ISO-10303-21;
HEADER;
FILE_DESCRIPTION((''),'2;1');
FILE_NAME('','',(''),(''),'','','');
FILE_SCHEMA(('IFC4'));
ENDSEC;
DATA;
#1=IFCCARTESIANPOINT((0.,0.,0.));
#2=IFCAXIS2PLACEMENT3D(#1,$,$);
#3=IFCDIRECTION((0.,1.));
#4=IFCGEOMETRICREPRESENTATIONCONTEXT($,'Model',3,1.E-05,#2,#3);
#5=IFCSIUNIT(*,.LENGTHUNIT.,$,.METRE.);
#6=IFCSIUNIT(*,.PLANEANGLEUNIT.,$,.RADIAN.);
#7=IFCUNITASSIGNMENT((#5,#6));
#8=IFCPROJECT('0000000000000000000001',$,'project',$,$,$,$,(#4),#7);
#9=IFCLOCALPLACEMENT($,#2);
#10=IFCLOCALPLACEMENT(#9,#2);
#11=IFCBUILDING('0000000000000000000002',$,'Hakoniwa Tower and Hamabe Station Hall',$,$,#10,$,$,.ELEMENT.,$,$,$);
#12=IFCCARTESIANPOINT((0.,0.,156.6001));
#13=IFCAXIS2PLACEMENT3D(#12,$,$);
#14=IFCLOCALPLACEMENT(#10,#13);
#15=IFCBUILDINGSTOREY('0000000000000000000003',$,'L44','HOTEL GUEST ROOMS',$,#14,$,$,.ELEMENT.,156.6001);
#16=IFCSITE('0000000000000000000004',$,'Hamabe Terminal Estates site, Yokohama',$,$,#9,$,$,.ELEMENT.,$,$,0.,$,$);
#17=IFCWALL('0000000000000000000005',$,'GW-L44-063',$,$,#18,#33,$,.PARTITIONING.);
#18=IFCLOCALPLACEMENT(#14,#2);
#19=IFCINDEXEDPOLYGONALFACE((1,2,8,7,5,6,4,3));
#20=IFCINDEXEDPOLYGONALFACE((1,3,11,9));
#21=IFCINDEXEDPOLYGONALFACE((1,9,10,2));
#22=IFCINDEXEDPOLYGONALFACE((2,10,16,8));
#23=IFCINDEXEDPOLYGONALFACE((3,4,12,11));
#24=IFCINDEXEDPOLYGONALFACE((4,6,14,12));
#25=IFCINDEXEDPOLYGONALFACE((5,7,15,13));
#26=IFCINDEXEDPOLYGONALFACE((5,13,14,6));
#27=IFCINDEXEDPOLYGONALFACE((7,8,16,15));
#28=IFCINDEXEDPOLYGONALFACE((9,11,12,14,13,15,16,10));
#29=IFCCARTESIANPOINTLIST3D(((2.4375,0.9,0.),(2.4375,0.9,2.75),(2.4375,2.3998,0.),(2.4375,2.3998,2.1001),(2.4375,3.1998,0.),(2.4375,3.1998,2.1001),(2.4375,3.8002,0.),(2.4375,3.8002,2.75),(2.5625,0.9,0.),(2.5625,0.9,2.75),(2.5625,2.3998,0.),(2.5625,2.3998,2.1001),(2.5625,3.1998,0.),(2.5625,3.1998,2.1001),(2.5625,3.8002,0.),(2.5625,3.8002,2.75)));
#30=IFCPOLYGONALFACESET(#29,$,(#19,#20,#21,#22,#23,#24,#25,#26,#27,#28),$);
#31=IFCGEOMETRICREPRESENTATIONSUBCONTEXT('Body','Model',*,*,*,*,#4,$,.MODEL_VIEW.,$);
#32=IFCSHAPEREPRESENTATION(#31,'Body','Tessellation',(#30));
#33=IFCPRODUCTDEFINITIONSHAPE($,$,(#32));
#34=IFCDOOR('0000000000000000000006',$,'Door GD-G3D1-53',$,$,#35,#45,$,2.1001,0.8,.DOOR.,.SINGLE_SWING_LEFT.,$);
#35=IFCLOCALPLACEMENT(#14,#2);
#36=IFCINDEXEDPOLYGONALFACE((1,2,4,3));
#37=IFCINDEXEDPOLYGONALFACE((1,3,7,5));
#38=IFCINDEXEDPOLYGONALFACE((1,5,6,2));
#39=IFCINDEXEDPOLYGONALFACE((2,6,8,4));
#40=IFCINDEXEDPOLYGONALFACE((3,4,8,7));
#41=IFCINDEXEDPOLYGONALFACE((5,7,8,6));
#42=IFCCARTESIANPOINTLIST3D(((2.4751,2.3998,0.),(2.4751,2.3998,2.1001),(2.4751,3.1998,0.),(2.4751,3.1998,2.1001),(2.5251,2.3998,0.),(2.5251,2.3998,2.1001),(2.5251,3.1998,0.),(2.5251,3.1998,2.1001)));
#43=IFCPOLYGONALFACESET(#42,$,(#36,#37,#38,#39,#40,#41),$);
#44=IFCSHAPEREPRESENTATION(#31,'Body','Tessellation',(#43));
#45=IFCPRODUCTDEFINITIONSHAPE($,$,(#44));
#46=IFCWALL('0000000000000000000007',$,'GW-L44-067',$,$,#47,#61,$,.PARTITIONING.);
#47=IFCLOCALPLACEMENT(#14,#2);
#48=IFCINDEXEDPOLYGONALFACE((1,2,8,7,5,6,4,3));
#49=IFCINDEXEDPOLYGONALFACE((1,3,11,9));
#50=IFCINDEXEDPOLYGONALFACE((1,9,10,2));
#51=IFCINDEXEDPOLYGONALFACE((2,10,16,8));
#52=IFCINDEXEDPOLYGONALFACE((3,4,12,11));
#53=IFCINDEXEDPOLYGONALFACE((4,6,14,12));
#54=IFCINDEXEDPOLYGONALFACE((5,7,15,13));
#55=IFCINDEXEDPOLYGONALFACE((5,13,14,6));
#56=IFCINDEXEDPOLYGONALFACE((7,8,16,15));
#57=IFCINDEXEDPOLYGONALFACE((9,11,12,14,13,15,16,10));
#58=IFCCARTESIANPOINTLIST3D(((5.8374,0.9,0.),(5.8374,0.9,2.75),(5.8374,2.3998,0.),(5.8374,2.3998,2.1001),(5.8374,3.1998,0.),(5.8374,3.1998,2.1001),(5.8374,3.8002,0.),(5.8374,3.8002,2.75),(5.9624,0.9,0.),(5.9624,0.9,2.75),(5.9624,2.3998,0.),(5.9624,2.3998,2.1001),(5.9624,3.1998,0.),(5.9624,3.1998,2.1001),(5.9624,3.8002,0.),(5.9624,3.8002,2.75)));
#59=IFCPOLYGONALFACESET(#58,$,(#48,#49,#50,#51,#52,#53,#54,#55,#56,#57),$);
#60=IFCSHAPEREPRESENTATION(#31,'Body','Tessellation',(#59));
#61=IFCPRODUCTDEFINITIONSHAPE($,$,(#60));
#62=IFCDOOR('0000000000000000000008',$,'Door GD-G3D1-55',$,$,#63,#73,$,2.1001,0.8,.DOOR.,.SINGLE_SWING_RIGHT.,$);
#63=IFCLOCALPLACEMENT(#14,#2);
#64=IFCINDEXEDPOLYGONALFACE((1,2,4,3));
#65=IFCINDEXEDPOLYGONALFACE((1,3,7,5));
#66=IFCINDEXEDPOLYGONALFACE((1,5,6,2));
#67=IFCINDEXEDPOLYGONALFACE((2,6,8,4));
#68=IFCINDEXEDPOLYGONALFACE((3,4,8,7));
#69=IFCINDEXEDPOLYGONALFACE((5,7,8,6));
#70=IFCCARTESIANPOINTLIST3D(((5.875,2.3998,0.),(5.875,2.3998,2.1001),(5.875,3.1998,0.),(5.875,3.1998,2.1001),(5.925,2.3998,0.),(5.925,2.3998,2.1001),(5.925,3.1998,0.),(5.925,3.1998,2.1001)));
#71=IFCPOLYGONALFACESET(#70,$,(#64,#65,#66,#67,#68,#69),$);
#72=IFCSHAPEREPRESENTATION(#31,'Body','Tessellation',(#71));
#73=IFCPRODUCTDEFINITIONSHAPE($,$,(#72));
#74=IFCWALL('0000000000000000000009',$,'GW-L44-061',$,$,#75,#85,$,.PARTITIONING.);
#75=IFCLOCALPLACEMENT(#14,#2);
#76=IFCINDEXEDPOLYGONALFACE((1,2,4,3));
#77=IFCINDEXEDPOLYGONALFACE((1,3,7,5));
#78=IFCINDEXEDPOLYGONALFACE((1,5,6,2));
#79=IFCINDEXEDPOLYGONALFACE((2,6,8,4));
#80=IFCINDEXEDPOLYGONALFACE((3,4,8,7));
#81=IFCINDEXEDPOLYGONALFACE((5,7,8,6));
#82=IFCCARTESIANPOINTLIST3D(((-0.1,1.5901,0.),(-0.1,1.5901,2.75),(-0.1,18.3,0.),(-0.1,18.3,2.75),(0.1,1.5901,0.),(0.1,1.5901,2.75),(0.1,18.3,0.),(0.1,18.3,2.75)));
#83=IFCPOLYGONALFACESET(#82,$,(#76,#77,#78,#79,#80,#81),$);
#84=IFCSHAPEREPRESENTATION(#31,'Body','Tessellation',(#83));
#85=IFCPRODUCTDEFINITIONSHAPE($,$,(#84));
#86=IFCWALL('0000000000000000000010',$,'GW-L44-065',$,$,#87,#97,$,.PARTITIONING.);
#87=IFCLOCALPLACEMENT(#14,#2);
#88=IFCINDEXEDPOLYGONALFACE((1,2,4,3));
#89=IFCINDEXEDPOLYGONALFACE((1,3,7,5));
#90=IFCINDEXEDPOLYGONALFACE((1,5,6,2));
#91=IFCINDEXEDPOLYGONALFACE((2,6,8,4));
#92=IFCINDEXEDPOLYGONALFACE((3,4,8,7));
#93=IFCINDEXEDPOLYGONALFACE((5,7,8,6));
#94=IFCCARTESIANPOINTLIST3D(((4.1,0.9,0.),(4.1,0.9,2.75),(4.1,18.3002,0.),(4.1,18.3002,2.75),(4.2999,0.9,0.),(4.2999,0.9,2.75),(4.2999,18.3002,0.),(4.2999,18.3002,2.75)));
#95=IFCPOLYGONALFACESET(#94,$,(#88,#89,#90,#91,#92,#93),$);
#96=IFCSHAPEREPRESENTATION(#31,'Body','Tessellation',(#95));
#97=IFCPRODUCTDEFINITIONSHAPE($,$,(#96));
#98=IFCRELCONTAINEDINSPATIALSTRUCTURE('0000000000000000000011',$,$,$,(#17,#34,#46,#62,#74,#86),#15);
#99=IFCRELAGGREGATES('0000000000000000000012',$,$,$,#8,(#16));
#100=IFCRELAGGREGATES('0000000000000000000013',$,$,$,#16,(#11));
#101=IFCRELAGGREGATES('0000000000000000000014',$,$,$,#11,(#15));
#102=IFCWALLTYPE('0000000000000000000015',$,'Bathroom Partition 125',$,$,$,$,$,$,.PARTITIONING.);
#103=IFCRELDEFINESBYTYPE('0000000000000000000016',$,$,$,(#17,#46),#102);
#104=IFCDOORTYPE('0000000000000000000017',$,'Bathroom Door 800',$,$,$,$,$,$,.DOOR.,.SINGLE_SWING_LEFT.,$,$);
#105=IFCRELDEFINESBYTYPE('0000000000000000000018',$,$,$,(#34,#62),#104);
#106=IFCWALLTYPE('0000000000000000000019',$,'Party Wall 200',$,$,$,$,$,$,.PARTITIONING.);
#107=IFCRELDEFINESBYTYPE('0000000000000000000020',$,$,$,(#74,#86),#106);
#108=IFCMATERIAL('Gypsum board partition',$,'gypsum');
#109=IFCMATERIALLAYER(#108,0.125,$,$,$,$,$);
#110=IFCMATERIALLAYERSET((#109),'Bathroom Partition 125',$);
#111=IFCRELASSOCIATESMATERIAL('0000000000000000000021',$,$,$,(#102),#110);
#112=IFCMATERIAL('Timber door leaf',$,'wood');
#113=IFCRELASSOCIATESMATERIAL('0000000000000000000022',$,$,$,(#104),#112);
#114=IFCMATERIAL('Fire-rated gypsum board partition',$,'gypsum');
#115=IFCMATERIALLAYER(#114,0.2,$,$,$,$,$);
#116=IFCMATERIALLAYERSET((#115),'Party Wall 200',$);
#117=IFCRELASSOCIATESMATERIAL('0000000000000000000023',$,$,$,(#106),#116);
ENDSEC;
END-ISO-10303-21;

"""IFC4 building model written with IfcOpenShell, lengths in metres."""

from ifc_helpers import new_model, si_unit, direction, frame, frame_2d, origin, place, context, subcontext, project, spatial, rectangle, extrude, material, layer, layer_set, type_object, element, fill, save


model = new_model("IFC4")

# Units and contexts
model_context = context("Model", 3, precision=1e-05, world=origin(), true_north=direction((0.0, 1.0)))
body_context = subcontext(model_context, "Body", "Model", "MODEL_VIEW")
ifc_project = project(units=[si_unit("LENGTHUNIT", "METRE"), si_unit("PLANEANGLEUNIT", "RADIAN")], contexts=[model_context])

# Site, building, storey
site_placement = place(None, origin())
site = spatial("IfcSite", under=ifc_project, at=site_placement, Name="Hamabe Terminal Estates site, Yokohama", CompositionType="ELEMENT", RefElevation=0.0)
building_placement = place(site_placement, origin())
building = spatial("IfcBuilding", under=site, at=building_placement, Name="Hakoniwa Tower and Hamabe Station Hall", CompositionType="ELEMENT")
storey_placement = place(building_placement, frame((0.0, 0.0, 156.6001)))
storey = spatial("IfcBuildingStorey", under=building, at=storey_placement, Name="L44", Description="HOTEL GUEST ROOMS", CompositionType="ELEMENT", Elevation=156.6001)

# Shared definitions
ifc_material_1 = material(Name="Gypsum board partition", Category="gypsum")
ifc_layer_1 = layer(ifc_material_1, 0.125)
ifc_layer_set_1 = layer_set([ifc_layer_1], Name="Bathroom Partition 125")
wall_type_1 = type_object("IfcWallType", Name="Bathroom Partition 125", PredefinedType="PARTITIONING", material=ifc_layer_set_1)

# Walls, openings, doors
wall_1_placement = place(storey_placement, frame((2.5, 0.8999, 0.0), z_axis=(0.0, 0.0, 1.0), x_axis=(0.0, 1.0, 0.0)))
wall_1 = element("IfcWall", 1, at=wall_1_placement, inside=storey, type_object=wall_type_1, Name="GW-L44-063", PredefinedType="PARTITIONING", context=body_context, shape_type="SweptSolid", body=[
    extrude(rectangle(XDim=2.9001, YDim=0.125, at=frame_2d((1.4502, 0.0))), origin(), (0.0, 0.0, 1.0), 2.75),
])
opening_1_placement = place(wall_1_placement, frame((1.5, 0.0, 0.0)))
opening_1 = element("IfcOpeningElement", 2, at=opening_1_placement, cuts=wall_1, PredefinedType="OPENING", context=body_context, shape_type="SweptSolid", body=[
    extrude(rectangle(XDim=0.8, YDim=2.1001, at=frame_2d((0.3999, 1.05))), frame((0.0, 0.0725, 0.0), z_axis=(0.0, -1.0, 0.0), x_axis=(1.0, 0.0, 0.0)), (0.0, 0.0, 1.0), 0.145),
])
ifc_material_2 = material(Name="Timber door leaf", Category="wood")
door_type = type_object("IfcDoorType", Name="Bathroom Door 800", OperationType="SINGLE_SWING_LEFT", PredefinedType="DOOR", material=ifc_material_2)
door_1_placement = place(opening_1_placement, origin())
door_1 = element("IfcDoor", 3, at=door_1_placement, inside=storey, type_object=door_type, Name="Door GD-G3D1-53", OperationType="SINGLE_SWING_LEFT", OverallHeight=2.1001, OverallWidth=0.8, PredefinedType="DOOR", context=body_context, shape_type="SweptSolid", body=[
    extrude(rectangle(XDim=0.8, YDim=2.1001, at=frame_2d((0.3999, 1.05))), frame((0.0, 0.0249, 0.0), z_axis=(0.0, -1.0, 0.0), x_axis=(1.0, 0.0, 0.0)), (0.0, 0.0, 1.0), 0.05),
])
fill(opening_1, door_1)
wall_2_placement = place(storey_placement, frame((5.8999, 0.8999, 0.0), z_axis=(0.0, 0.0, 1.0), x_axis=(0.0, 1.0, 0.0)))
wall_2 = element("IfcWall", 4, at=wall_2_placement, inside=storey, type_object=wall_type_1, Name="GW-L44-067", PredefinedType="PARTITIONING", context=body_context, shape_type="SweptSolid", body=[
    extrude(rectangle(XDim=2.9001, YDim=0.125, at=frame_2d((1.4502, 0.0))), origin(), (0.0, 0.0, 1.0), 2.75),
])
opening_2_placement = place(wall_2_placement, frame((1.5, 0.0, 0.0)))
opening_2 = element("IfcOpeningElement", 5, at=opening_2_placement, cuts=wall_2, PredefinedType="OPENING", context=body_context, shape_type="SweptSolid", body=[
    extrude(rectangle(XDim=0.8, YDim=2.1001, at=frame_2d((0.3999, 1.05))), frame((0.0, 0.0725, 0.0), z_axis=(0.0, -1.0, 0.0), x_axis=(1.0, 0.0, 0.0)), (0.0, 0.0, 1.0), 0.145),
])
door_2_placement = place(opening_2_placement, origin())
door_2 = element("IfcDoor", 6, at=door_2_placement, inside=storey, type_object=door_type, Name="Door GD-G3D1-55", OperationType="SINGLE_SWING_RIGHT", OverallHeight=2.1001, OverallWidth=0.8, PredefinedType="DOOR", context=body_context, shape_type="SweptSolid", body=[
    extrude(rectangle(XDim=0.8, YDim=2.1001, at=frame_2d((0.3999, 1.05))), frame((0.0, 0.0249, 0.0), z_axis=(0.0, -1.0, 0.0), x_axis=(1.0, 0.0, 0.0)), (0.0, 0.0, 1.0), 0.05),
])
fill(opening_2, door_2)

# Walls
ifc_material_3 = material(Name="Fire-rated gypsum board partition", Category="gypsum")
ifc_layer_2 = layer(ifc_material_3, 0.2)
ifc_layer_set_2 = layer_set([ifc_layer_2], Name="Party Wall 200")
wall_type_2 = type_object("IfcWallType", Name="Party Wall 200", PredefinedType="PARTITIONING", material=ifc_layer_set_2)
wall_3_placement = place(storey_placement, frame((0.0, 1.5901, 0.0), z_axis=(0.0, 0.0, 1.0), x_axis=(0.0, 1.0, 0.0)))
element("IfcWall", 7, at=wall_3_placement, inside=storey, type_object=wall_type_2, Name="GW-L44-061", PredefinedType="PARTITIONING", context=body_context, shape_type="SweptSolid", body=[
    extrude(rectangle(XDim=16.71, YDim=0.2, at=frame_2d((8.355, 0.0))), origin(), (0.0, 0.0, 1.0), 2.75),
])
wall_4_placement = place(storey_placement, frame((4.2, 0.8999, 0.0), z_axis=(0.0, 0.0, 1.0), x_axis=(0.0, 1.0, 0.0)))
element("IfcWall", 8, at=wall_4_placement, inside=storey, type_object=wall_type_2, Name="GW-L44-065", PredefinedType="PARTITIONING", context=body_context, shape_type="SweptSolid", body=[
    extrude(rectangle(XDim=17.4001, YDim=0.2, at=frame_2d((8.7002, 0.0))), origin(), (0.0, 0.0, 1.0), 2.75),
])

save(model, "model.ifc")
